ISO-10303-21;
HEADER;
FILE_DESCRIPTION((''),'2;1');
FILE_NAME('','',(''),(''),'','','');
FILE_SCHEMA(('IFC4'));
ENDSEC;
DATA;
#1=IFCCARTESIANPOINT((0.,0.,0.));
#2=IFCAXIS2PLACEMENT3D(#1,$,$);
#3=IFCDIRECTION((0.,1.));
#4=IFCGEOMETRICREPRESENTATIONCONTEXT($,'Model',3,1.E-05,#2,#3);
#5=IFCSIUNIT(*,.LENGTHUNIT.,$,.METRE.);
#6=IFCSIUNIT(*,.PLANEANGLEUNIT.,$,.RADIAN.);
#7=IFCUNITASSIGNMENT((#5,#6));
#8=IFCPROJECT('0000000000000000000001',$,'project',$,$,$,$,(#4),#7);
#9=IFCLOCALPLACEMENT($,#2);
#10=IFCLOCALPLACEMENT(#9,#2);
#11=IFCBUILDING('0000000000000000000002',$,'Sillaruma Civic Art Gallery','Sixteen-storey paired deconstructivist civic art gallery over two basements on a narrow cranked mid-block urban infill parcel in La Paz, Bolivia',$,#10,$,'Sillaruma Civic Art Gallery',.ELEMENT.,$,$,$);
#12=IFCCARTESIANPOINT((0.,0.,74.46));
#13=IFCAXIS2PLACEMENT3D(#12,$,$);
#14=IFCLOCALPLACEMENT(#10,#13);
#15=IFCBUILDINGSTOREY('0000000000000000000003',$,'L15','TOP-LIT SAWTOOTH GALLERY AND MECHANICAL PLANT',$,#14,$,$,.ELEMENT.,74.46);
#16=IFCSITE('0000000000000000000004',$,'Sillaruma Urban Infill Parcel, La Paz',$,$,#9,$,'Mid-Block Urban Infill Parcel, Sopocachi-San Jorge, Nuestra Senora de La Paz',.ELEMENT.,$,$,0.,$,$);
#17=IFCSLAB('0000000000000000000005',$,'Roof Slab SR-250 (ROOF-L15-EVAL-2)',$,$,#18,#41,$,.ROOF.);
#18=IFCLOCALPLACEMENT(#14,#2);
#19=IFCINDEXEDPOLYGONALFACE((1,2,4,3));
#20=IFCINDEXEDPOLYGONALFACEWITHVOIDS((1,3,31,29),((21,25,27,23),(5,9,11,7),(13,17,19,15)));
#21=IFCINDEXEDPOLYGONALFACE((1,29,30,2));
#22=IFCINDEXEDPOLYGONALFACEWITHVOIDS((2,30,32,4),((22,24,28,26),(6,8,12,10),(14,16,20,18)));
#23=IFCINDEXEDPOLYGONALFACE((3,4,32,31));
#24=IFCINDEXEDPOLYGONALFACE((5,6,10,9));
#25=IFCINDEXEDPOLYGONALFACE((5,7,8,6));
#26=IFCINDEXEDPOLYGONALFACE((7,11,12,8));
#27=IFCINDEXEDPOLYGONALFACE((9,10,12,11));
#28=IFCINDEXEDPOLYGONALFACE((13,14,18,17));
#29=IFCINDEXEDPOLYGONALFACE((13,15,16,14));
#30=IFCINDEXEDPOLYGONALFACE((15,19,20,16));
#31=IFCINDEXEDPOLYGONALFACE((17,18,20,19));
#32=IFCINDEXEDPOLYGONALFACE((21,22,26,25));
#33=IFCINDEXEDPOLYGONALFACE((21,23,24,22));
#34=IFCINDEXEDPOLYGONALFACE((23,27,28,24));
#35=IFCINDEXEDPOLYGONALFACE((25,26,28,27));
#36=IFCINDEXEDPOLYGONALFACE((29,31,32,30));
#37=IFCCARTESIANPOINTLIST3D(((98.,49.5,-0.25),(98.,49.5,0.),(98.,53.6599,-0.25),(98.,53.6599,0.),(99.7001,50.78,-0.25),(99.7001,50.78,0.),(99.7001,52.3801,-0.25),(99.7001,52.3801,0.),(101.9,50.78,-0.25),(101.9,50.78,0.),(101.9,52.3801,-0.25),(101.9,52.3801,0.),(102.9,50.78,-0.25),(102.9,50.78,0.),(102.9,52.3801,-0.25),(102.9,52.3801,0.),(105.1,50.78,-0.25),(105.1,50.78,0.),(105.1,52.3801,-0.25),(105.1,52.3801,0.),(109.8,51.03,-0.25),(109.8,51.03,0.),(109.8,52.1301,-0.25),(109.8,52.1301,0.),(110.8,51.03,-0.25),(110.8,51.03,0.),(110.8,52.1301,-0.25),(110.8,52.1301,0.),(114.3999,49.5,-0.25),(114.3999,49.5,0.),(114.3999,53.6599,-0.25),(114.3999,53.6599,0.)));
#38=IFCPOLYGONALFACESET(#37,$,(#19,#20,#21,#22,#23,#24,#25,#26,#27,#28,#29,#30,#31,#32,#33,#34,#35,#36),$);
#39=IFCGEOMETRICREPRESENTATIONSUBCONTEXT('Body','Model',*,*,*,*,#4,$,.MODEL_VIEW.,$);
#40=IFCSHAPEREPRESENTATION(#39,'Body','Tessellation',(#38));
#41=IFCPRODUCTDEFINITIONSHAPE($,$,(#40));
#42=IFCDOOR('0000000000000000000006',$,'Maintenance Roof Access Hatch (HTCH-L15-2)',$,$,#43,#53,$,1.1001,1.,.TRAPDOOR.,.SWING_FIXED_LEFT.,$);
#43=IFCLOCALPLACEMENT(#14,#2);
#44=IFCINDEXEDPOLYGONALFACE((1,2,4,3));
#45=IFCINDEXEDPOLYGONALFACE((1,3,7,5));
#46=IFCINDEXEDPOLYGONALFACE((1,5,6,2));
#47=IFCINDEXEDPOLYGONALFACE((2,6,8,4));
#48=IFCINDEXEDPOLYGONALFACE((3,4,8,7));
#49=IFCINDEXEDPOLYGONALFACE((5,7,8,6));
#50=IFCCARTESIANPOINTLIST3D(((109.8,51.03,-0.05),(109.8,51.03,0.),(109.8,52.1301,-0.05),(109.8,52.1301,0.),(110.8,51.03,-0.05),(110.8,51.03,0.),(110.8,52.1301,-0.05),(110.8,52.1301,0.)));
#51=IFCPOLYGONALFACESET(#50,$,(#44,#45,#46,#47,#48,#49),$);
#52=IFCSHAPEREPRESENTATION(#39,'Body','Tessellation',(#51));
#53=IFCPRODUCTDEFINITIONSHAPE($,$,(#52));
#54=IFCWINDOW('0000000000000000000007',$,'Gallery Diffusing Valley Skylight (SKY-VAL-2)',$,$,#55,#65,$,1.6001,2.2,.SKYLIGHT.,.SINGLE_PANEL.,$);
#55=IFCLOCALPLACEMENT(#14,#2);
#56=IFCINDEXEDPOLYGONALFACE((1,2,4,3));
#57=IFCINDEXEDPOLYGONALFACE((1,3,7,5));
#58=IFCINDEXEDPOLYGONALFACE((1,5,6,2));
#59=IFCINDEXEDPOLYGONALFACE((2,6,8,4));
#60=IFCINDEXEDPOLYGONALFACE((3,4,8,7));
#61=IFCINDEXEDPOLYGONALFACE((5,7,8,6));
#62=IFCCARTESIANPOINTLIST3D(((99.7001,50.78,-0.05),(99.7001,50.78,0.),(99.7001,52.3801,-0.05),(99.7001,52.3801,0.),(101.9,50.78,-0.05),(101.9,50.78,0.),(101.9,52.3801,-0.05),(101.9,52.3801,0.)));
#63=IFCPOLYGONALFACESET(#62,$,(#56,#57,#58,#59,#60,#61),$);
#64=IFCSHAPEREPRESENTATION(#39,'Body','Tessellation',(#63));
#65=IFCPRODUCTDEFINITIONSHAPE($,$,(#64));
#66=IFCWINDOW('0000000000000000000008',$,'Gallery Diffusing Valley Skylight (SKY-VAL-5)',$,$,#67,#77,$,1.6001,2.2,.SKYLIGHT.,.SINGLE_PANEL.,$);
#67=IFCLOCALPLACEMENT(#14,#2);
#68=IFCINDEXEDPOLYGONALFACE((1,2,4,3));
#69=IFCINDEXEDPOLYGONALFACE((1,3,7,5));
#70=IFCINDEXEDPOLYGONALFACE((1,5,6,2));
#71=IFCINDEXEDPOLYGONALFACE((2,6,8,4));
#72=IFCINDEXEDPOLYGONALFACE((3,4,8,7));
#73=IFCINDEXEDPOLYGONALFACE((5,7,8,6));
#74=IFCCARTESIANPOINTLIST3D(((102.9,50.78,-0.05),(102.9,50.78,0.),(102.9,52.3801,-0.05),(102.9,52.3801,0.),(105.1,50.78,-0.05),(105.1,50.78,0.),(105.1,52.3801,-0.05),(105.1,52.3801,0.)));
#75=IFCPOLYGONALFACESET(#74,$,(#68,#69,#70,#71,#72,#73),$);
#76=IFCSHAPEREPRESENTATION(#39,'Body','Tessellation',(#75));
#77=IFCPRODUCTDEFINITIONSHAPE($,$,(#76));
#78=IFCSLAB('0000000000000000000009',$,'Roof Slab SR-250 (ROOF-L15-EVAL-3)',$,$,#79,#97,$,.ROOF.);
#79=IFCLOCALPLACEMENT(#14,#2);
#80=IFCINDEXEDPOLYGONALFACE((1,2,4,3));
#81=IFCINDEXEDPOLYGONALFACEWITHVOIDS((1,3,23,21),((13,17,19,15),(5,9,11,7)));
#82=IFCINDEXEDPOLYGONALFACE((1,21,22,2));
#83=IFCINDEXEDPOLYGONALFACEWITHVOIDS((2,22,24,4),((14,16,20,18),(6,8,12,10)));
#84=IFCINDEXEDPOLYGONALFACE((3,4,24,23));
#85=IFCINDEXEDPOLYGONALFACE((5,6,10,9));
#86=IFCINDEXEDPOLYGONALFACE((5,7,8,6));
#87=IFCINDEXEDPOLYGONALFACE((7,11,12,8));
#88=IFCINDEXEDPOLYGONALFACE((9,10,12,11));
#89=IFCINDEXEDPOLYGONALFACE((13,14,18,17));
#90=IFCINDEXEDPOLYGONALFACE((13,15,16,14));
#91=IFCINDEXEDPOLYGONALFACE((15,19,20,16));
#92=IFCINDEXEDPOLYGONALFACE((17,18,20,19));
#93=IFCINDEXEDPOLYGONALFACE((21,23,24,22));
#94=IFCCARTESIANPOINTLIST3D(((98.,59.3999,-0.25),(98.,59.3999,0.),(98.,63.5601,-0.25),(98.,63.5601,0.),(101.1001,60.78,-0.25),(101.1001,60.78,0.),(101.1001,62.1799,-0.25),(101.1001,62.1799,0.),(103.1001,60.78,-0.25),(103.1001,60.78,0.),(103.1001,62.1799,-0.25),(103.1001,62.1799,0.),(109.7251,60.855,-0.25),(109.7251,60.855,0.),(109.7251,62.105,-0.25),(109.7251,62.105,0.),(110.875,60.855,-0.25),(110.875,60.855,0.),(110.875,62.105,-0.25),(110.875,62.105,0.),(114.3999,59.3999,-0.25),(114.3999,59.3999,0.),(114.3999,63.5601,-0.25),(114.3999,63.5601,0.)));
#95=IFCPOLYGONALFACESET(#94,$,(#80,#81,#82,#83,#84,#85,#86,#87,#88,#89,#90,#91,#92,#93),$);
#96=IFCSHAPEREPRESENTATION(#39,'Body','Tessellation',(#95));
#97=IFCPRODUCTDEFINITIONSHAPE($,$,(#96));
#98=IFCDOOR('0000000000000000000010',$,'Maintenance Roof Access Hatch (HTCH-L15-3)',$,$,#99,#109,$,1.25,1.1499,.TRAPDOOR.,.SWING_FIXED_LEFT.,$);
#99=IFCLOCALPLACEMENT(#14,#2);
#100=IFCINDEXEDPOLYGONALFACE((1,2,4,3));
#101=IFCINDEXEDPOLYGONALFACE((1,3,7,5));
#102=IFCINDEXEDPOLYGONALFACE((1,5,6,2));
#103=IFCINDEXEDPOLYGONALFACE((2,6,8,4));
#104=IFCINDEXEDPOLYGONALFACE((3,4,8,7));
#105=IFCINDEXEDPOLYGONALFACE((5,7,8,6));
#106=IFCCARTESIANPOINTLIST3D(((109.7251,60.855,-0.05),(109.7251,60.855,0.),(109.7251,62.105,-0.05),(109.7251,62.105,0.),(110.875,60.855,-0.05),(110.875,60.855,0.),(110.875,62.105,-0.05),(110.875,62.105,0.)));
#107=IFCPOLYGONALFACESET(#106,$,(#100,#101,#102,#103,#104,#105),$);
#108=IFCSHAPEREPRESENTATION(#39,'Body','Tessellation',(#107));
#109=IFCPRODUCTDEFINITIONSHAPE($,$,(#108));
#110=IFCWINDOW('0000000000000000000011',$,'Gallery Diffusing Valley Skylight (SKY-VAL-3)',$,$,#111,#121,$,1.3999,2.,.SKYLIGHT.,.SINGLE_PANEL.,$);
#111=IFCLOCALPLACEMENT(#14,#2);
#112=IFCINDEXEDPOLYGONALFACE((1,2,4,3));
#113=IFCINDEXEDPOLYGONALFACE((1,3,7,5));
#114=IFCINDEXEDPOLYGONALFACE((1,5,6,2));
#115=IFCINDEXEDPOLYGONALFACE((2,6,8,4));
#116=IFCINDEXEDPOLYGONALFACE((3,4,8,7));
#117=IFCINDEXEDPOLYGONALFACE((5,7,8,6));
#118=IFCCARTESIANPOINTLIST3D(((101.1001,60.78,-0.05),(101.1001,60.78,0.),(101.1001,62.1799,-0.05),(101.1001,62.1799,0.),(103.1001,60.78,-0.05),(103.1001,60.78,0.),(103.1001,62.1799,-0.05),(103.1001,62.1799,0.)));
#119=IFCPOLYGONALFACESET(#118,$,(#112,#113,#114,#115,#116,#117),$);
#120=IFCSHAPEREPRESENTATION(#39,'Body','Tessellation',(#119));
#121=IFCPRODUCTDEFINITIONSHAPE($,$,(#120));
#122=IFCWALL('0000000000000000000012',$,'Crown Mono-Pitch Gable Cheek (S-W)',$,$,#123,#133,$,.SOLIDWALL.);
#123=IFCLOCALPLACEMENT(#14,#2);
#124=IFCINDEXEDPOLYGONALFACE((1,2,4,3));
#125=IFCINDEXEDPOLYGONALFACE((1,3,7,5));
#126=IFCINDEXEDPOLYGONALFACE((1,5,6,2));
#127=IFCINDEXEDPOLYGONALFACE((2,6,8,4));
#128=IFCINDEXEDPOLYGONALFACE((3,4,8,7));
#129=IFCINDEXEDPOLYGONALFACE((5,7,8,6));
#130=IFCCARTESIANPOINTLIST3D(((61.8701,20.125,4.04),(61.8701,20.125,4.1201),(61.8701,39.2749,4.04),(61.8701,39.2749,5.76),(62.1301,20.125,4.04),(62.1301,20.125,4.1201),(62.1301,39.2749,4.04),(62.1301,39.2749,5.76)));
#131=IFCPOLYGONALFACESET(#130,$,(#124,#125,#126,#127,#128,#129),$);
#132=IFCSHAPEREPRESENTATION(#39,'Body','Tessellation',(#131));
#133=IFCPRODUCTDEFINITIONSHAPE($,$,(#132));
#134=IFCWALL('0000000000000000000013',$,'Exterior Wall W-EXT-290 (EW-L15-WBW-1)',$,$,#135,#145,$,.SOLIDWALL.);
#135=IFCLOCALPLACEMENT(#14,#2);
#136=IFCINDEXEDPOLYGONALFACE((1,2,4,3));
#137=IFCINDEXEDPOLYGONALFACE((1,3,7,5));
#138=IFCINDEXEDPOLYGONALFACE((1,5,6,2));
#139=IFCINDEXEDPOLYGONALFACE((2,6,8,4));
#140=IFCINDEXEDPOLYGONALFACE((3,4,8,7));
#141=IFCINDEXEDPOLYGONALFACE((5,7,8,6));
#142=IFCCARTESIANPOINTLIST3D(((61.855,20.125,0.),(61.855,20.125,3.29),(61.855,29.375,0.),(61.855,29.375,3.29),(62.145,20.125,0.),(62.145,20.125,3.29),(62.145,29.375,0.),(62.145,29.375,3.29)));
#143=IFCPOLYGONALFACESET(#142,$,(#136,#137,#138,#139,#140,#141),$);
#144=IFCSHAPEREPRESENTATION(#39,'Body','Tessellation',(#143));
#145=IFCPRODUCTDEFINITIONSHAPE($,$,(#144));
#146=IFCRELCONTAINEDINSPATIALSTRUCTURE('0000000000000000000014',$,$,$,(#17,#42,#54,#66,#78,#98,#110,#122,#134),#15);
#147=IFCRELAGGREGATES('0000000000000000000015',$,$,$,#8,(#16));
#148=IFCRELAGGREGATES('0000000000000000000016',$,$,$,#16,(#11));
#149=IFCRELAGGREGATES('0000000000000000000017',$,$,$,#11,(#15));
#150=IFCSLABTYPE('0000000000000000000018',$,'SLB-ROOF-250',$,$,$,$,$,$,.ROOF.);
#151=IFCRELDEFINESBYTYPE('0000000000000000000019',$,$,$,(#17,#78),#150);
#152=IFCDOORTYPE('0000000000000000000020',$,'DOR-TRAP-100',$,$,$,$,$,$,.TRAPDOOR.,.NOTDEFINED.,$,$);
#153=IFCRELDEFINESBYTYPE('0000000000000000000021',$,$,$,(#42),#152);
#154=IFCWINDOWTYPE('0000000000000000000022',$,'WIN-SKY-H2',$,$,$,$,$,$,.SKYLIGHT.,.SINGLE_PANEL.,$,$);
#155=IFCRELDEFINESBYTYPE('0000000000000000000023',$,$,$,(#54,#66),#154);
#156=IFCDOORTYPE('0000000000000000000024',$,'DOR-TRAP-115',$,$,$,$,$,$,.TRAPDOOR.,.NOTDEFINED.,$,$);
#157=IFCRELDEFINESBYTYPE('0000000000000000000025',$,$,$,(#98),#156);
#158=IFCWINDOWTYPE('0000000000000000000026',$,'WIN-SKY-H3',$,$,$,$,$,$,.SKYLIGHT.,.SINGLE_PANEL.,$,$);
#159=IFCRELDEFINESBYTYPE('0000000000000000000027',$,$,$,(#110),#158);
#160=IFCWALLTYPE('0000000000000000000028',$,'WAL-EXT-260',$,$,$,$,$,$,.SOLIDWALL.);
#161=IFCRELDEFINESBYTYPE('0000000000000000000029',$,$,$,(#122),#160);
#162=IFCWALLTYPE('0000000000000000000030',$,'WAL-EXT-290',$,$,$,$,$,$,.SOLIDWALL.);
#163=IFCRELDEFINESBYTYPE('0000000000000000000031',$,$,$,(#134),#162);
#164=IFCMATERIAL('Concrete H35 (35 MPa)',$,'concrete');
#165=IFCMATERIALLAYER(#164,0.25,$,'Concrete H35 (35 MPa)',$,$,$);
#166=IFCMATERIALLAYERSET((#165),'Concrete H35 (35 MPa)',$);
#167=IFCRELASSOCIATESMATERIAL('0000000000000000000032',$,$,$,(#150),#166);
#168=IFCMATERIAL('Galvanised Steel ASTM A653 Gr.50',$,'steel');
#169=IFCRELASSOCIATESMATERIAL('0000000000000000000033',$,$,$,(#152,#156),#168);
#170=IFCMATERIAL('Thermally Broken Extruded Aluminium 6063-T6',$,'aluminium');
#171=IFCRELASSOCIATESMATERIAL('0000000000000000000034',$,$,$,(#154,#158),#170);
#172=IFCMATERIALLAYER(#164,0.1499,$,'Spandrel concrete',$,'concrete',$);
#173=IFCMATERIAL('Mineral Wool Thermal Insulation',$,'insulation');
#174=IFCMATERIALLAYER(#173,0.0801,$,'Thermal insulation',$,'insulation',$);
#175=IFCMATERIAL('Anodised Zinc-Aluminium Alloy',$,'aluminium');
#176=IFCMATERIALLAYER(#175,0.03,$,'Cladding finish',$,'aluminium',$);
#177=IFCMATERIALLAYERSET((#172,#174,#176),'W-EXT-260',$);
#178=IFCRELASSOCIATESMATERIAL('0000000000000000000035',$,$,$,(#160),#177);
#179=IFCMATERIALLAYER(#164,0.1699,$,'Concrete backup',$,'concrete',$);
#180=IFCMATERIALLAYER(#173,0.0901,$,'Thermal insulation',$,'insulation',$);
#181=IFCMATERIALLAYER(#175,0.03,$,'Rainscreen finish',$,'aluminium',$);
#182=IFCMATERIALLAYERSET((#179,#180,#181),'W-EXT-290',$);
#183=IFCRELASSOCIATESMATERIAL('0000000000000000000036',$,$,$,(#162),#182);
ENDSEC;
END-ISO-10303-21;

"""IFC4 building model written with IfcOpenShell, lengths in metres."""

from ifc_helpers import new_model, si_unit, direction, frame, frame_2d, origin, origin_2d, place, context, subcontext, project, spatial, polyline, rectangle, outline, extrude, material, layer, layer_set, type_object, element, fill, save


model = new_model("IFC4")

# Units and contexts
model_context = context("Model", 3, precision=1e-05, world=origin(), true_north=direction((0.0, 1.0)))
body_context = subcontext(model_context, "Body", "Model", "MODEL_VIEW")
ifc_project = project(units=[si_unit("LENGTHUNIT", "METRE"), si_unit("PLANEANGLEUNIT", "RADIAN")], contexts=[model_context])

# Site, building, storey
site_placement = place(None, origin())
site = spatial("IfcSite", under=ifc_project, at=site_placement, Name="Sillaruma Urban Infill Parcel, La Paz", LongName="Mid-Block Urban Infill Parcel, Sopocachi-San Jorge, Nuestra Senora de La Paz", CompositionType="ELEMENT", RefElevation=0.0)
building_placement = place(site_placement, origin())
building = spatial("IfcBuilding", under=site, at=building_placement, Name="Sillaruma Civic Art Gallery", Description="Sixteen-storey paired deconstructivist civic art gallery over two basements on a narrow cranked mid-block urban infill parcel in La Paz, Bolivia", LongName="Sillaruma Civic Art Gallery", CompositionType="ELEMENT")
storey_placement = place(building_placement, frame((0.0, 0.0, 74.46)))
storey = spatial("IfcBuildingStorey", under=building, at=storey_placement, Name="L15", Description="TOP-LIT SAWTOOTH GALLERY AND MECHANICAL PLANT", CompositionType="ELEMENT", Elevation=74.46)

# Shared definitions
ifc_material_1 = material(Name="Concrete H35 (35 MPa)", Category="concrete")

# Shared definitions
ifc_layer_1 = layer(ifc_material_1, 0.25, Name="Concrete H35 (35 MPa)")
ifc_layer_set_1 = layer_set([ifc_layer_1], Name="Concrete H35 (35 MPa)")
slab_type_1 = type_object("IfcSlabType", Name="SLB-ROOF-250", PredefinedType="ROOF", material=ifc_layer_set_1)
ifc_material_2 = material(Name="Galvanised Steel ASTM A653 Gr.50", Category="steel")
door_type_1 = type_object("IfcDoorType", Name="DOR-TRAP-100", OperationType="NOTDEFINED", PredefinedType="TRAPDOOR", material=ifc_material_2)

# Shared definitions
door_type_2 = type_object("IfcDoorType", Name="DOR-TRAP-115", OperationType="NOTDEFINED", PredefinedType="TRAPDOOR", material=ifc_material_2)
ifc_material_3 = material(Name="Thermally Broken Extruded Aluminium 6063-T6", Category="aluminium")

# Slab, openings, door, windows
slab_1_placement = place(storey_placement, frame((0.0, 0.0, -0.25)))
slab_1 = element("IfcSlab", 1, at=slab_1_placement, inside=storey, type_object=slab_type_1, Name="Roof Slab SR-250 (ROOF-L15-EVAL-2)", PredefinedType="ROOF", context=body_context, shape_type="SweptSolid", body=[
    extrude(outline(polyline([(98.0, 49.5), (114.3999, 49.5), (114.3999, 53.6599), (98.0, 53.6599), (98.0, 49.5)])), origin(), (0.0, 0.0, 1.0), 0.25),
])
opening_1_placement = place(slab_1_placement, frame((100.8, 51.5801, -0.01)))
opening_1 = element("IfcOpeningElement", 2, at=opening_1_placement, cuts=slab_1, PredefinedType="OPENING", context=body_context, shape_type="SweptSolid", body=[
    extrude(rectangle(XDim=2.2, YDim=1.6001, at=origin_2d()), origin(), (0.0, 0.0, 1.0), 0.27),
])
opening_2_placement = place(slab_1_placement, frame((104.0, 51.5801, -0.01)))
opening_2 = element("IfcOpeningElement", 3, at=opening_2_placement, cuts=slab_1, PredefinedType="OPENING", context=body_context, shape_type="SweptSolid", body=[
    extrude(rectangle(XDim=2.2, YDim=1.6001, at=origin_2d()), origin(), (0.0, 0.0, 1.0), 0.27),
])
opening_3_placement = place(slab_1_placement, frame((110.3, 51.5801, -0.01)))
opening_3 = element("IfcOpeningElement", 4, at=opening_3_placement, cuts=slab_1, PredefinedType="OPENING", context=body_context, shape_type="SweptSolid", body=[
    extrude(rectangle(XDim=1.0, YDim=1.1001, at=origin_2d()), origin(), (0.0, 0.0, 1.0), 0.27),
])
door_1_placement = place(slab_1_placement, frame((110.3, 51.5801, 0.2)))
door_1 = element("IfcDoor", 5, at=door_1_placement, inside=storey, type_object=door_type_1, Name="Maintenance Roof Access Hatch (HTCH-L15-2)", OperationType="SWING_FIXED_LEFT", OverallHeight=1.1001, OverallWidth=1.0, PredefinedType="TRAPDOOR", context=body_context, shape_type="SweptSolid", body=[
    extrude(rectangle(XDim=1.0, YDim=1.1001, at=origin_2d()), origin(), (0.0, 0.0, 1.0), 0.05),
])
fill(opening_3, door_1)
window_type_1 = type_object("IfcWindowType", Name="WIN-SKY-H2", PartitioningType="SINGLE_PANEL", PredefinedType="SKYLIGHT", material=ifc_material_3)
window_1_placement = place(slab_1_placement, frame((100.8, 51.5801, 0.2)))
window_1 = element("IfcWindow", 6, at=window_1_placement, inside=storey, type_object=window_type_1, Name="Gallery Diffusing Valley Skylight (SKY-VAL-2)", OverallHeight=1.6001, OverallWidth=2.2, PartitioningType="SINGLE_PANEL", PredefinedType="SKYLIGHT", context=body_context, shape_type="SweptSolid", body=[
    extrude(rectangle(XDim=2.2, YDim=1.6001, at=origin_2d()), origin(), (0.0, 0.0, 1.0), 0.05),
])
fill(opening_1, window_1)
window_2_placement = place(slab_1_placement, frame((104.0, 51.5801, 0.2)))
window_2 = element("IfcWindow", 7, at=window_2_placement, inside=storey, type_object=window_type_1, Name="Gallery Diffusing Valley Skylight (SKY-VAL-5)", OverallHeight=1.6001, OverallWidth=2.2, PartitioningType="SINGLE_PANEL", PredefinedType="SKYLIGHT", context=body_context, shape_type="SweptSolid", body=[
    extrude(rectangle(XDim=2.2, YDim=1.6001, at=origin_2d()), origin(), (0.0, 0.0, 1.0), 0.05),
])
fill(opening_2, window_2)

# Slab, openings, door, window
slab_2_placement = place(storey_placement, frame((0.0, 0.0, -0.25)))
slab_2 = element("IfcSlab", 8, at=slab_2_placement, inside=storey, type_object=slab_type_1, Name="Roof Slab SR-250 (ROOF-L15-EVAL-3)", PredefinedType="ROOF", context=body_context, shape_type="SweptSolid", body=[
    extrude(outline(polyline([(98.0, 59.3999), (114.3999, 59.3999), (114.3999, 63.5601), (98.0, 63.5601), (98.0, 59.3999)])), origin(), (0.0, 0.0, 1.0), 0.25),
])
opening_4_placement = place(slab_2_placement, frame((102.1001, 61.48, -0.01)))
opening_4 = element("IfcOpeningElement", 9, at=opening_4_placement, cuts=slab_2, PredefinedType="OPENING", context=body_context, shape_type="SweptSolid", body=[
    extrude(rectangle(XDim=2.0, YDim=1.3999, at=origin_2d()), origin(), (0.0, 0.0, 1.0), 0.27),
])
opening_5_placement = place(slab_2_placement, frame((110.3, 61.48, -0.01)))
opening_5 = element("IfcOpeningElement", 10, at=opening_5_placement, cuts=slab_2, PredefinedType="OPENING", context=body_context, shape_type="SweptSolid", body=[
    extrude(rectangle(XDim=1.1499, YDim=1.25, at=origin_2d()), origin(), (0.0, 0.0, 1.0), 0.27),
])
door_2_placement = place(slab_2_placement, frame((110.3, 61.48, 0.2)))
door_2 = element("IfcDoor", 11, at=door_2_placement, inside=storey, type_object=door_type_2, Name="Maintenance Roof Access Hatch (HTCH-L15-3)", OperationType="SWING_FIXED_LEFT", OverallHeight=1.25, OverallWidth=1.1499, PredefinedType="TRAPDOOR", context=body_context, shape_type="SweptSolid", body=[
    extrude(rectangle(XDim=1.1499, YDim=1.25, at=origin_2d()), origin(), (0.0, 0.0, 1.0), 0.05),
])
fill(opening_5, door_2)
window_type_2 = type_object("IfcWindowType", Name="WIN-SKY-H3", PartitioningType="SINGLE_PANEL", PredefinedType="SKYLIGHT", material=ifc_material_3)
window_3_placement = place(slab_2_placement, frame((102.1001, 61.48, 0.2)))
window_3 = element("IfcWindow", 12, at=window_3_placement, inside=storey, type_object=window_type_2, Name="Gallery Diffusing Valley Skylight (SKY-VAL-3)", OverallHeight=1.3999, OverallWidth=2.0, PartitioningType="SINGLE_PANEL", PredefinedType="SKYLIGHT", context=body_context, shape_type="SweptSolid", body=[
    extrude(rectangle(XDim=2.0, YDim=1.3999, at=origin_2d()), origin(), (0.0, 0.0, 1.0), 0.05),
])
fill(opening_4, window_3)

# Walls
ifc_layer_2 = layer(ifc_material_1, 0.1499, Name="Spandrel concrete", Category="concrete")
ifc_material_4 = material(Name="Mineral Wool Thermal Insulation", Category="insulation")
ifc_layer_3 = layer(ifc_material_4, 0.0801, Name="Thermal insulation", Category="insulation")
ifc_material_5 = material(Name="Anodised Zinc-Aluminium Alloy", Category="aluminium")
ifc_layer_4 = layer(ifc_material_5, 0.03, Name="Cladding finish", Category="aluminium")
ifc_layer_set_2 = layer_set([ifc_layer_2, ifc_layer_3, ifc_layer_4], Name="W-EXT-260")
wall_type_1 = type_object("IfcWallType", Name="WAL-EXT-260", PredefinedType="SOLIDWALL", material=ifc_layer_set_2)
wall_1_placement = place(storey_placement, frame((62.0, 20.125, 4.04), z_axis=(0.0, 0.0, 1.0), x_axis=(0.0, 1.0, 0.0)))
element("IfcWall", 13, at=wall_1_placement, inside=storey, type_object=wall_type_1, Name="Crown Mono-Pitch Gable Cheek (S-W)", PredefinedType="SOLIDWALL", context=body_context, shape_type="SweptSolid", body=[
    extrude(outline(polyline([(0.0, 0.0), (19.1499, 0.0), (19.1499, 1.72), (0.0, 0.0801), (0.0, 0.0)])), frame((0.0, 0.1299, 0.0), z_axis=(0.0, -1.0, 0.0), x_axis=(1.0, 0.0, 0.0)), (0.0, 0.0, 1.0), 0.26),
])
ifc_layer_5 = layer(ifc_material_1, 0.1699, Name="Concrete backup", Category="concrete")
ifc_layer_6 = layer(ifc_material_4, 0.0901, Name="Thermal insulation", Category="insulation")
ifc_layer_7 = layer(ifc_material_5, 0.03, Name="Rainscreen finish", Category="aluminium")
ifc_layer_set_3 = layer_set([ifc_layer_5, ifc_layer_6, ifc_layer_7], Name="W-EXT-290")
wall_type_2 = type_object("IfcWallType", Name="WAL-EXT-290", PredefinedType="SOLIDWALL", material=ifc_layer_set_3)
wall_2_placement = place(storey_placement, frame((62.0, 20.125, 0.0), z_axis=(0.0, 0.0, 1.0), x_axis=(0.0, 1.0, 0.0)))
element("IfcWall", 14, at=wall_2_placement, inside=storey, type_object=wall_type_2, Name="Exterior Wall W-EXT-290 (EW-L15-WBW-1)", PredefinedType="SOLIDWALL", context=body_context, shape_type="SweptSolid", body=[
    extrude(rectangle(XDim=9.25, YDim=0.29, at=frame_2d((4.625, 0.0))), origin(), (0.0, 0.0, 1.0), 3.29),
])

save(model, "model.ifc")
